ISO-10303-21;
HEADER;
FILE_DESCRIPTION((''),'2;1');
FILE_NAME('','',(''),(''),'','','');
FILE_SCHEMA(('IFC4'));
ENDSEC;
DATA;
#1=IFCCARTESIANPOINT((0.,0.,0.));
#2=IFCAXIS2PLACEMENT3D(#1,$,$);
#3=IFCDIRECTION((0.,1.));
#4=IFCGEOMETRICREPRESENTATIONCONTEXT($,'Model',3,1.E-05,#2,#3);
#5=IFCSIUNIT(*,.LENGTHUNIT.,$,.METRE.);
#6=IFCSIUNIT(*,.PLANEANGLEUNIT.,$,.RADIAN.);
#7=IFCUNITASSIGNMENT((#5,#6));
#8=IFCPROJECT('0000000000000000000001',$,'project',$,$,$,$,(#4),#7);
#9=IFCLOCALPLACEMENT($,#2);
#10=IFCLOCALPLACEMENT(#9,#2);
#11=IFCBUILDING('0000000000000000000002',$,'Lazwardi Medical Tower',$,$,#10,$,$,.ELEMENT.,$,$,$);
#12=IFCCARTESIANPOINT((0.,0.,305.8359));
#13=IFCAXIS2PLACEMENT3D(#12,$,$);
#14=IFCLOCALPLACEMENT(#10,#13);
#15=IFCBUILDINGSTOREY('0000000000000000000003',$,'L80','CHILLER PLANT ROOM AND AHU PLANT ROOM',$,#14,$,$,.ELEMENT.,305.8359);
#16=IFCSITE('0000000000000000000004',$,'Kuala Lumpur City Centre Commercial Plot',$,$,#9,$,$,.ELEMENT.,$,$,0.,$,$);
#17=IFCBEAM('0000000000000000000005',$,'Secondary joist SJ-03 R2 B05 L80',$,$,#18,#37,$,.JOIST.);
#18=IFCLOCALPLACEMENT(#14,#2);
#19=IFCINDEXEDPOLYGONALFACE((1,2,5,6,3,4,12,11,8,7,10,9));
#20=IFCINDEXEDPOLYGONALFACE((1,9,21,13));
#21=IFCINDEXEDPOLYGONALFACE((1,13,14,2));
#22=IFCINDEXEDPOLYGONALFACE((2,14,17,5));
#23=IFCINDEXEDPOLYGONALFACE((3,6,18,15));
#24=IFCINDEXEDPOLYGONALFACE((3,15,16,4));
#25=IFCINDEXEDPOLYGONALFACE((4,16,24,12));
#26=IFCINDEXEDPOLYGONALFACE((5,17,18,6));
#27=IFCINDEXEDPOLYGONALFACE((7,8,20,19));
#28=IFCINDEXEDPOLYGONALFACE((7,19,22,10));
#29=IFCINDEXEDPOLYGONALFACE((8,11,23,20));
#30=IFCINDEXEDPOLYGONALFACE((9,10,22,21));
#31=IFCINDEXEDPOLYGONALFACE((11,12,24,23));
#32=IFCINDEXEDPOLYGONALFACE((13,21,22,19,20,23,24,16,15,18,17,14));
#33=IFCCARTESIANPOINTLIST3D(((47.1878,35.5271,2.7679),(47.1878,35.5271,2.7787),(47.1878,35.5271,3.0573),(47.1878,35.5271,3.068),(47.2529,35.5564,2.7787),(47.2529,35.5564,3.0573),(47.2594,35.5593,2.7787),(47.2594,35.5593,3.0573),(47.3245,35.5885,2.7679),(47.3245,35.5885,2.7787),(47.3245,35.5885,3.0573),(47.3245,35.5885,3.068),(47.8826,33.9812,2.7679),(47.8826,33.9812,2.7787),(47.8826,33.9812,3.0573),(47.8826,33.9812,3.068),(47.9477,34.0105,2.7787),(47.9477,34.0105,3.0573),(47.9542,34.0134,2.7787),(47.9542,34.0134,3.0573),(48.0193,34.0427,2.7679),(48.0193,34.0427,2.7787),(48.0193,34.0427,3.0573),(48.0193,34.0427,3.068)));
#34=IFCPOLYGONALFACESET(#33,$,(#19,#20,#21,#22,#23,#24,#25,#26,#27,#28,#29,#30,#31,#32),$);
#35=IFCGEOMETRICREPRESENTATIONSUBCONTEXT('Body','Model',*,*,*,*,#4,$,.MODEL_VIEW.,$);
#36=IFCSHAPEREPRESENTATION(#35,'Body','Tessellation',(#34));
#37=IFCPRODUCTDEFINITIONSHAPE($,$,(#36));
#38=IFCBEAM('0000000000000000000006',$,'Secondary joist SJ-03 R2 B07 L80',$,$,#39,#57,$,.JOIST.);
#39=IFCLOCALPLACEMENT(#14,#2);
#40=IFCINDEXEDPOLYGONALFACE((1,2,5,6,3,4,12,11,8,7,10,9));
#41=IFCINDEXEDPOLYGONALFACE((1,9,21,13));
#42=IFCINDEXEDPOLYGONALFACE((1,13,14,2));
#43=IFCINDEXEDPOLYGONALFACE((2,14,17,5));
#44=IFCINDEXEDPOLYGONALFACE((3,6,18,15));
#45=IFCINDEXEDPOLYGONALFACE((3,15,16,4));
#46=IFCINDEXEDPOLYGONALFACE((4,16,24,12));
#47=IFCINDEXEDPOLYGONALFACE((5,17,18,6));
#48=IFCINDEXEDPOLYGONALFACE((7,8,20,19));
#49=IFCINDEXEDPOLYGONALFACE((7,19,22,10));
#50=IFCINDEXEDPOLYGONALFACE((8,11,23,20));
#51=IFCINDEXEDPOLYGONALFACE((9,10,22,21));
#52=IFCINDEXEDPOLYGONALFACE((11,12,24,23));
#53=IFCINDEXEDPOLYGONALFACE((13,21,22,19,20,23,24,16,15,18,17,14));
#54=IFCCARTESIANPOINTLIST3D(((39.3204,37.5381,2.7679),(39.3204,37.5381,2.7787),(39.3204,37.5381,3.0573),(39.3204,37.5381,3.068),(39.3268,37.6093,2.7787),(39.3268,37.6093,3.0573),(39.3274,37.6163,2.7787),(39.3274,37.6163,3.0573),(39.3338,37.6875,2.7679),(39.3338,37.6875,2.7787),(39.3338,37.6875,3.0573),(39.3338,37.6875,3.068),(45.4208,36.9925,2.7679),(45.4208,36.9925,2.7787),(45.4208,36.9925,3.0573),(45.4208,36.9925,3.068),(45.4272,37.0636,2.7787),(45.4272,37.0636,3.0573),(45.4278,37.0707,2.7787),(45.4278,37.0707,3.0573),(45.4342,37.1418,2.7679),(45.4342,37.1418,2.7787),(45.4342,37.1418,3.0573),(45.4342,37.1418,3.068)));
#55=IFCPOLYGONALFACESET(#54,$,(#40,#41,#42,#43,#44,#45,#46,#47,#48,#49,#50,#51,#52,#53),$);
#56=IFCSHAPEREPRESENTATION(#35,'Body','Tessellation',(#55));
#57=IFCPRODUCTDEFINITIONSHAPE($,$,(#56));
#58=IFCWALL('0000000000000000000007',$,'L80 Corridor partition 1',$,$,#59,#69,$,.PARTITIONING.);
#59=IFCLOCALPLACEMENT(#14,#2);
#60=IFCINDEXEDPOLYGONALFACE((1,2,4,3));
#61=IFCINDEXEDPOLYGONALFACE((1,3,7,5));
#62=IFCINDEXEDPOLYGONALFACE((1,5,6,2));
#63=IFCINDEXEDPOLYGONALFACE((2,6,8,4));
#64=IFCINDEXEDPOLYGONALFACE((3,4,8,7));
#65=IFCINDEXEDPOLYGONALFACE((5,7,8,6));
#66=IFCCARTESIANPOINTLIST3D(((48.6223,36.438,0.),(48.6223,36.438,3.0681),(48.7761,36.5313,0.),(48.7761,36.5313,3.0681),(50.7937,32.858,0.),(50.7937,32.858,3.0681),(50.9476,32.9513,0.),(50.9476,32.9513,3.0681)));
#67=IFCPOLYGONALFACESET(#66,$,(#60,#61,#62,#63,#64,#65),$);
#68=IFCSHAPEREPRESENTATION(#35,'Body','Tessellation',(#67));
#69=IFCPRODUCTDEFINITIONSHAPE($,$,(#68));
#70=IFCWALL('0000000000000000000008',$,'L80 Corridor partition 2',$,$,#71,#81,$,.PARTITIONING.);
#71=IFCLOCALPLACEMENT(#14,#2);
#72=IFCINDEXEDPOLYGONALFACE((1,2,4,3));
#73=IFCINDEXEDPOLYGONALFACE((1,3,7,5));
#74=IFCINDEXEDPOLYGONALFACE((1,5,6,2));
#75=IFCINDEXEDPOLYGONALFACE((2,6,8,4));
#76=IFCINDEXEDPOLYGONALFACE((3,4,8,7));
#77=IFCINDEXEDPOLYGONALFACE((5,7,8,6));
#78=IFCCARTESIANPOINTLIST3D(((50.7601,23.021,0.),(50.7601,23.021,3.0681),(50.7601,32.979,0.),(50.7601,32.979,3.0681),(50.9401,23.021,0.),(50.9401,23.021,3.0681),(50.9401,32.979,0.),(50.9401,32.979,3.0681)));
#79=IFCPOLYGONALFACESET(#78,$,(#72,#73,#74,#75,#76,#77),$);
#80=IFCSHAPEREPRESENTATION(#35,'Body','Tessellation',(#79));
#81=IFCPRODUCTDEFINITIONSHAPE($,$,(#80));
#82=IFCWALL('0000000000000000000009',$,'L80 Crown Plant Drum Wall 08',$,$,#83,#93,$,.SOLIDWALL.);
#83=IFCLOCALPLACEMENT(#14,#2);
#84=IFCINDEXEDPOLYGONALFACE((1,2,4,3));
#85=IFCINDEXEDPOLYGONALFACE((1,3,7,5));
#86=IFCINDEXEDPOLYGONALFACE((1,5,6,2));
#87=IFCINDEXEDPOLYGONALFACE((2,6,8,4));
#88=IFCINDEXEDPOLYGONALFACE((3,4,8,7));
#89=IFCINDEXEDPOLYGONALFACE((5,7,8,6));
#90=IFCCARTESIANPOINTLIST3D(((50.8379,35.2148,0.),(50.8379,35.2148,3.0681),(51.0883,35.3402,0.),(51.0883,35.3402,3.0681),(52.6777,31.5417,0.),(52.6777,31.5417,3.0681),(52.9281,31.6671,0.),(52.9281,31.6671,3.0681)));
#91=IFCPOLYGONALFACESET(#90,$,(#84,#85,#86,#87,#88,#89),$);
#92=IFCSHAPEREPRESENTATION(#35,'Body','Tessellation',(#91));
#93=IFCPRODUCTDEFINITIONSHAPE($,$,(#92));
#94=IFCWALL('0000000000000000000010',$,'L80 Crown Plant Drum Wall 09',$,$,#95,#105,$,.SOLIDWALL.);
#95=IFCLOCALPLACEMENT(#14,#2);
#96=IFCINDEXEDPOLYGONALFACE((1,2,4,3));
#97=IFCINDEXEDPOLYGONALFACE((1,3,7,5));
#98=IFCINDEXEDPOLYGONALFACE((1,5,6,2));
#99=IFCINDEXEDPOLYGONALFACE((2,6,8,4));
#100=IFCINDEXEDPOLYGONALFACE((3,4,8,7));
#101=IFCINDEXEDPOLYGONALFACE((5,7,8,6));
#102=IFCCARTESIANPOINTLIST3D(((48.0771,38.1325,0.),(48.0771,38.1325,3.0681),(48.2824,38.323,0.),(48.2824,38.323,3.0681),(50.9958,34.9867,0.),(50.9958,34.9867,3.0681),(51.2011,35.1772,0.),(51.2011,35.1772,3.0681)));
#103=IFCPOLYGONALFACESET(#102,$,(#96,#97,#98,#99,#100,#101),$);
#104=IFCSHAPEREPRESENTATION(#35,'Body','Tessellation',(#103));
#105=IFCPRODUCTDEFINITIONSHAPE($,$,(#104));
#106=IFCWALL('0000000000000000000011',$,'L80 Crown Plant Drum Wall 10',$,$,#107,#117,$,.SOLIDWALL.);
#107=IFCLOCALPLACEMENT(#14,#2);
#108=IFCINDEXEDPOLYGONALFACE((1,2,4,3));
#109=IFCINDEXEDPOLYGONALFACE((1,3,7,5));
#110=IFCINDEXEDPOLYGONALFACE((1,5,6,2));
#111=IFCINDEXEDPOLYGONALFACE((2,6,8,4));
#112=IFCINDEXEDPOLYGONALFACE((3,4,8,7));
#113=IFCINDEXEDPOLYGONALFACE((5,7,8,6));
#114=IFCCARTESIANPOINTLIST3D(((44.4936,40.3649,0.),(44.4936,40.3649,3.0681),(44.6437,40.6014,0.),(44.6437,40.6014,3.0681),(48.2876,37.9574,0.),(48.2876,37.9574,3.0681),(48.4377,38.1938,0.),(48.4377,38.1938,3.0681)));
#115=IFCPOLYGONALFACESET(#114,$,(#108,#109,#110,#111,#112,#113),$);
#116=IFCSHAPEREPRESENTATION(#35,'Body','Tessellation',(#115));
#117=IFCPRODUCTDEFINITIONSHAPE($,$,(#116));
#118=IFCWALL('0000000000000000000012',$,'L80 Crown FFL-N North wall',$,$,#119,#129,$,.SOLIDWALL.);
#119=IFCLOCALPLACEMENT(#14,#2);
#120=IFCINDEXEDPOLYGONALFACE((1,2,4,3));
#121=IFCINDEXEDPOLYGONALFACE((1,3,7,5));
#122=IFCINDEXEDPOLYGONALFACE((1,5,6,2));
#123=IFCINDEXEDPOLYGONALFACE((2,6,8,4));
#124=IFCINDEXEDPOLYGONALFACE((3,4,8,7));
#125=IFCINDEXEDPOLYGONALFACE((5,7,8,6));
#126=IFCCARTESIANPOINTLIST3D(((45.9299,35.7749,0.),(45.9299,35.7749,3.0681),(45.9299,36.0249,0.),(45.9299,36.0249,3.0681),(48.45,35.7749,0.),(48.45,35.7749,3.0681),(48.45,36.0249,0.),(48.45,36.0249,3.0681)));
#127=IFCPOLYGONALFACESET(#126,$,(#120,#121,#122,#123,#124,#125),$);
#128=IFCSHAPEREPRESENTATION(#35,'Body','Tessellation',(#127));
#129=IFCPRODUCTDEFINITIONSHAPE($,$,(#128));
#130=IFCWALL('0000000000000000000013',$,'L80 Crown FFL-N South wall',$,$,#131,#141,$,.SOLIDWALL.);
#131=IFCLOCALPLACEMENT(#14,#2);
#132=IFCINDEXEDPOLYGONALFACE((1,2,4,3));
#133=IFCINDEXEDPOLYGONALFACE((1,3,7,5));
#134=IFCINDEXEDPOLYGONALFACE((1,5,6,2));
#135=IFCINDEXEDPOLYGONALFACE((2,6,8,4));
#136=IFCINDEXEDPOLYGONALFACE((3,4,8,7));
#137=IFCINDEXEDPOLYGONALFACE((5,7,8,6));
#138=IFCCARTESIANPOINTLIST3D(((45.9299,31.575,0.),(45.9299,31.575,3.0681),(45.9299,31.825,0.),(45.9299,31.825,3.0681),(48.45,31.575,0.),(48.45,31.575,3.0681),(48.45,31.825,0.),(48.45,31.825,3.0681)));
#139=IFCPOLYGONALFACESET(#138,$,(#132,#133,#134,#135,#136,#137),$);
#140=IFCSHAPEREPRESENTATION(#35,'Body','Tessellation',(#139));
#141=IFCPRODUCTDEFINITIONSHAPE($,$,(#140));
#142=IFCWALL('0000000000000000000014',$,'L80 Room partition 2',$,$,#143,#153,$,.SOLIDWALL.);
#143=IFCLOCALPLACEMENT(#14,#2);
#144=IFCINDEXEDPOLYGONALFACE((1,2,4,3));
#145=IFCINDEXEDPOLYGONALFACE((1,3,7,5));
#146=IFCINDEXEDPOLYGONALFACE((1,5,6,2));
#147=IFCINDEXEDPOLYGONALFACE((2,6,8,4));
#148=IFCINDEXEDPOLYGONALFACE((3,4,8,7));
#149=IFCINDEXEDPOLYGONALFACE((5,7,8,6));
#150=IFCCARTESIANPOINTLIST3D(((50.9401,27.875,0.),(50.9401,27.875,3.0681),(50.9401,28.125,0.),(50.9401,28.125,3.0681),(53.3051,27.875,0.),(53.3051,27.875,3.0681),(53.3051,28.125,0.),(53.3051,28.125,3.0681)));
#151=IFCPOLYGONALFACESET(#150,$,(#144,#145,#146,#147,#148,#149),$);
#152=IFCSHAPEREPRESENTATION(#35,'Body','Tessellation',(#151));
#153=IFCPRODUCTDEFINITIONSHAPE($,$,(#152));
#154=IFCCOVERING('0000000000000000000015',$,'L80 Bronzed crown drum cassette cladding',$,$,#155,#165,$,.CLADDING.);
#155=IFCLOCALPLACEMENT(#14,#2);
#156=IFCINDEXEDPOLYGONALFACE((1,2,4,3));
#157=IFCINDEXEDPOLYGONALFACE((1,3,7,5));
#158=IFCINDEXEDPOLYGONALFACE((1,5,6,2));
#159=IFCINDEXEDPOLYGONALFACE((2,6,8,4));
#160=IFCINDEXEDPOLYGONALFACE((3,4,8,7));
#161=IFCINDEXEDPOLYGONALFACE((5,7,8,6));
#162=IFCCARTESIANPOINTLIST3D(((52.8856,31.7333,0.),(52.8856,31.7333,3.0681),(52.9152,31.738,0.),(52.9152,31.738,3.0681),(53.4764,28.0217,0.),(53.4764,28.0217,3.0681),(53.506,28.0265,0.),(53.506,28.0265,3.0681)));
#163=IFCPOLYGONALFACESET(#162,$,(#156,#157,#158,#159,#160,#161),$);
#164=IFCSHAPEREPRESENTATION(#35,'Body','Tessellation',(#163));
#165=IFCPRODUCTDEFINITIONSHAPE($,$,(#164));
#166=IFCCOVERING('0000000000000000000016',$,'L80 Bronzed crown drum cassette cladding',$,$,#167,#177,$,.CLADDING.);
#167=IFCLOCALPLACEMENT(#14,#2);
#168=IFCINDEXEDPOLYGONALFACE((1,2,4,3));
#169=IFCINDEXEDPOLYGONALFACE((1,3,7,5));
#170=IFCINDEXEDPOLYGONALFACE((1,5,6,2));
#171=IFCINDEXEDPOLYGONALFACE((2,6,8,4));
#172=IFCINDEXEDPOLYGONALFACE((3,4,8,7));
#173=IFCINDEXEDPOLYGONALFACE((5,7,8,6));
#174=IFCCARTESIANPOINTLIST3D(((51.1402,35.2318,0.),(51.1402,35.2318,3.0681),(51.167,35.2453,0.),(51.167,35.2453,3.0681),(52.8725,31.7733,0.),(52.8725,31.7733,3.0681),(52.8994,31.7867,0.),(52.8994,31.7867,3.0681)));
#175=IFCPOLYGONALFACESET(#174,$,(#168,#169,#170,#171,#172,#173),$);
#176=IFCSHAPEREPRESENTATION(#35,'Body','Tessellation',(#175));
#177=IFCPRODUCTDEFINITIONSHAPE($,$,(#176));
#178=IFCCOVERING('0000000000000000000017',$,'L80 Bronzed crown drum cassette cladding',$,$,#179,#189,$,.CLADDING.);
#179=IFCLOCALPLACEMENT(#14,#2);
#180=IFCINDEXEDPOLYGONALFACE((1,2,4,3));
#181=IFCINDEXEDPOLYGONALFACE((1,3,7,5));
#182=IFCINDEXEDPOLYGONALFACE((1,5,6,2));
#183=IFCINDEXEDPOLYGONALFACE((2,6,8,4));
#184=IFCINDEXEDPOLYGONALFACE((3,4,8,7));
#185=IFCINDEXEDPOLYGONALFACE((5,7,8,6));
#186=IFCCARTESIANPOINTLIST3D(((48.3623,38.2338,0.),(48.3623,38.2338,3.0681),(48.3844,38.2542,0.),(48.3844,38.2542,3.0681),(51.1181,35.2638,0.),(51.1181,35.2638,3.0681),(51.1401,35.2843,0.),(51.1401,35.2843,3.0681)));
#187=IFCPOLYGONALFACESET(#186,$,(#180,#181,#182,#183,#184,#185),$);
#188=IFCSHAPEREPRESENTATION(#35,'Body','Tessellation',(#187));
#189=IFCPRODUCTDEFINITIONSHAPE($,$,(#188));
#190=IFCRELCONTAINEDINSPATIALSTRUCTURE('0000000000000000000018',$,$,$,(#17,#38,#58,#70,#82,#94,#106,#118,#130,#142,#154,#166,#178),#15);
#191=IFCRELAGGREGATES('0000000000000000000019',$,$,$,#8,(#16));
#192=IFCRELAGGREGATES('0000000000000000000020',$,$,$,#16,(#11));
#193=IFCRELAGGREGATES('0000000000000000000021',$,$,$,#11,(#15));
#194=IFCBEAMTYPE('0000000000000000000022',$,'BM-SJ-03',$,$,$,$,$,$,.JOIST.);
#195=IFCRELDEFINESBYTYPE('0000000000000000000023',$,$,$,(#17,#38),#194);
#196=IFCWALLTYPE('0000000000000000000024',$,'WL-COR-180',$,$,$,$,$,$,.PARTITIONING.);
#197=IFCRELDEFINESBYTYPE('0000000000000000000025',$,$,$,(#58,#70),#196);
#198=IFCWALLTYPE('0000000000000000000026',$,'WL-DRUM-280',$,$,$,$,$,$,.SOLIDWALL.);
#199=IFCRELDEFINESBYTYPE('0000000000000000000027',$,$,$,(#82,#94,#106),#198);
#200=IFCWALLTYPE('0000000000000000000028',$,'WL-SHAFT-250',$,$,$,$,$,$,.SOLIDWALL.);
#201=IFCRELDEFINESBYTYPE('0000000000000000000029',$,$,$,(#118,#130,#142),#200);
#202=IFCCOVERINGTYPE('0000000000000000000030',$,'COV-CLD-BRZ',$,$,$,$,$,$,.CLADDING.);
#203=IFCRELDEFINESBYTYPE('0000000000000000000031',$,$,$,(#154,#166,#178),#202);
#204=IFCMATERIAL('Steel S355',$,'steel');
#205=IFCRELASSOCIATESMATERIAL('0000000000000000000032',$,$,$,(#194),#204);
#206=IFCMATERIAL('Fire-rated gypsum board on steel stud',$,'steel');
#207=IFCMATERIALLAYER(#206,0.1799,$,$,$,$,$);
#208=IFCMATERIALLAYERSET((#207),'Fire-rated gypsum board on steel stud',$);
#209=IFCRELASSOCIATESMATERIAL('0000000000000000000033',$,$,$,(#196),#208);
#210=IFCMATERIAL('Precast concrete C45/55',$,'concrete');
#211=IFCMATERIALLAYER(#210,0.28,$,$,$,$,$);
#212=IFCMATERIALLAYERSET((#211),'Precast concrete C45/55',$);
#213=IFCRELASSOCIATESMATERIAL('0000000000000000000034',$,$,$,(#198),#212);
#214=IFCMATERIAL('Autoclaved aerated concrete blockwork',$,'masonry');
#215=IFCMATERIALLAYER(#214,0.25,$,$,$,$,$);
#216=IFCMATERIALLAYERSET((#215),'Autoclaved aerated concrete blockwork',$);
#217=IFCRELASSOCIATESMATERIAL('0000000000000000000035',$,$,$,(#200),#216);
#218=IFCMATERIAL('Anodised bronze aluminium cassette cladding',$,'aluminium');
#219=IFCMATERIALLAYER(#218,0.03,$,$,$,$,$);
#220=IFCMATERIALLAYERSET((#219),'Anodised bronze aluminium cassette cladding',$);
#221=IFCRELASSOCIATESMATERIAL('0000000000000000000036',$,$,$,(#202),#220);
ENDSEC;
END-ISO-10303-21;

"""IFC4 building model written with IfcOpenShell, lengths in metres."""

from ifc_helpers import new_model, si_unit, direction, frame, frame_2d, origin, origin_2d, place, context, subcontext, project, spatial, rectangle, i_section, extrude, material, layer, layer_set, material_profile, profile_set, type_object, element, save


model = new_model("IFC4")

# Units and contexts
model_context = context("Model", 3, precision=1e-05, world=origin(), true_north=direction((0.0, 1.0)))
body_context = subcontext(model_context, "Body", "Model", "MODEL_VIEW")
ifc_project = project(units=[si_unit("LENGTHUNIT", "METRE"), si_unit("PLANEANGLEUNIT", "RADIAN")], contexts=[model_context])

# Site, building, storey
site_placement = place(None, origin())
site = spatial("IfcSite", under=ifc_project, at=site_placement, Name="Kuala Lumpur City Centre Commercial Plot", CompositionType="ELEMENT", RefElevation=0.0)
building_placement = place(site_placement, origin())
building = spatial("IfcBuilding", under=site, at=building_placement, Name="Lazwardi Medical Tower", CompositionType="ELEMENT")
storey_placement = place(building_placement, frame((0.0, 0.0, 305.8359)))
storey = spatial("IfcBuildingStorey", under=building, at=storey_placement, Name="L80", Description="CHILLER PLANT ROOM AND AHU PLANT ROOM", CompositionType="ELEMENT", Elevation=305.8359)

# Beams
ifc_material_1 = material(Name="Steel S355", Category="steel")
ifc_material_profile_1 = material_profile(ifc_material_1, i_section(OverallWidth=0.1499, OverallDepth=0.3, WebThickness=0.0071, FlangeThickness=0.0107, at=origin_2d()), Name="IPE 300")
ifc_profile_set_1 = profile_set([ifc_material_profile_1], Name="Steel S355")
beam_type_1 = type_object("IfcBeamType", Name="BM-SJ-03", PredefinedType="JOIST", material=ifc_profile_set_1)
beam_1_placement = place(storey_placement, frame((47.9509, 34.012, 2.918), z_axis=(-0.409957, 0.912105, 0.0), x_axis=(-0.912105, -0.409957, 0.0)))
element("IfcBeam", 1, at=beam_1_placement, inside=storey, type_object=beam_type_1, Name="Secondary joist SJ-03 R2 B05 L80", PredefinedType="JOIST", context=body_context, shape_type="SweptSolid", body=[
    extrude(i_section(OverallWidth=0.1499, OverallDepth=0.3, WebThickness=0.0071, FlangeThickness=0.0107, at=origin_2d()), origin(), (0.0, 0.0, 1.0), 1.6948),
])
beam_2_placement = place(storey_placement, frame((45.4275, 37.0671, 2.918), z_axis=(-0.996024, 0.089091, 0.0), x_axis=(-0.089091, -0.996024, 0.0)))
element("IfcBeam", 2, at=beam_2_placement, inside=storey, type_object=beam_type_1, Name="Secondary joist SJ-03 R2 B07 L80", PredefinedType="JOIST", context=body_context, shape_type="SweptSolid", body=[
    extrude(i_section(OverallWidth=0.1499, OverallDepth=0.3, WebThickness=0.0071, FlangeThickness=0.0107, at=origin_2d()), origin(), (0.0, 0.0, 1.0), 6.1248),
])

# Walls
ifc_material_2 = material(Name="Fire-rated gypsum board on steel stud", Category="steel")
ifc_layer_1 = layer(ifc_material_2, 0.1799)
ifc_layer_set_1 = layer_set([ifc_layer_1], Name="Fire-rated gypsum board on steel stud")
wall_type_1 = type_object("IfcWallType", Name="WL-COR-180", PredefinedType="PARTITIONING", material=ifc_layer_set_1)
wall_1_placement = place(storey_placement, frame((48.6992, 36.4846, 0.0), z_axis=(0.0, 0.0, 1.0), x_axis=(0.518614, -0.855008, 0.0)))
element("IfcWall", 3, at=wall_1_placement, inside=storey, type_object=wall_type_1, Name="L80 Corridor partition 1", PredefinedType="PARTITIONING", context=body_context, shape_type="SweptSolid", body=[
    extrude(rectangle(XDim=4.187, YDim=0.1799, at=frame_2d((2.0935, 0.0))), origin(), (0.0, 0.0, 1.0), 3.0681),
])
wall_2_placement = place(storey_placement, frame((50.8501, 32.979, 0.0), z_axis=(0.0, 0.0, 1.0), x_axis=(0.0, -1.0, 0.0)))
element("IfcWall", 4, at=wall_2_placement, inside=storey, type_object=wall_type_1, Name="L80 Corridor partition 2", PredefinedType="PARTITIONING", context=body_context, shape_type="SweptSolid", body=[
    extrude(rectangle(XDim=9.958, YDim=0.1799, at=frame_2d((4.979, 0.0))), origin(), (0.0, 0.0, 1.0), 3.0681),
])
ifc_material_3 = material(Name="Precast concrete C45/55", Category="concrete")
ifc_layer_2 = layer(ifc_material_3, 0.28)
ifc_layer_set_2 = layer_set([ifc_layer_2], Name="Precast concrete C45/55")
wall_type_2 = type_object("IfcWallType", Name="WL-DRUM-280", PredefinedType="SOLIDWALL", material=ifc_layer_set_2)
wall_3_placement = place(storey_placement, frame((52.803, 31.6042, 0.0), z_axis=(0.0, 0.0, 1.0), x_axis=(-0.447855, 0.894106, 0.0)))
element("IfcWall", 5, at=wall_3_placement, inside=storey, type_object=wall_type_2, Name="L80 Crown Plant Drum Wall 08", PredefinedType="SOLIDWALL", context=body_context, shape_type="SweptSolid", body=[
    extrude(rectangle(XDim=4.1082, YDim=0.28, at=frame_2d((2.0542, 0.0))), origin(), (0.0, 0.0, 1.0), 3.0681),
])
wall_4_placement = place(storey_placement, frame((51.0984, 35.082, 0.0), z_axis=(0.0, 0.0, 1.0), x_axis=(-0.680156, 0.733067, 0.0)))
element("IfcWall", 6, at=wall_4_placement, inside=storey, type_object=wall_type_2, Name="L80 Crown Plant Drum Wall 09", PredefinedType="SOLIDWALL", context=body_context, shape_type="SweptSolid", body=[
    extrude(rectangle(XDim=4.2913, YDim=0.28, at=frame_2d((2.1455, 0.0))), origin(), (0.0, 0.0, 1.0), 3.0681),
])
wall_5_placement = place(storey_placement, frame((48.3625, 38.0757, 0.0), z_axis=(0.0, 0.0, 1.0), x_axis=(-0.844352, 0.535789, 0.0)))
element("IfcWall", 7, at=wall_5_placement, inside=storey, type_object=wall_type_2, Name="L80 Crown Plant Drum Wall 10", PredefinedType="SOLIDWALL", context=body_context, shape_type="SweptSolid", body=[
    extrude(rectangle(XDim=4.4934, YDim=0.28, at=frame_2d((2.2466, 0.0))), origin(), (0.0, 0.0, 1.0), 3.0681),
])
ifc_material_4 = material(Name="Autoclaved aerated concrete blockwork", Category="masonry")
ifc_layer_3 = layer(ifc_material_4, 0.25)
ifc_layer_set_3 = layer_set([ifc_layer_3], Name="Autoclaved aerated concrete blockwork")
wall_type_3 = type_object("IfcWallType", Name="WL-SHAFT-250", PredefinedType="SOLIDWALL", material=ifc_layer_set_3)
for number, where, z_axis, x_axis, name in (
    (8, (45.9299, 35.8999, 0.0), (0.0, 0.0, 1.0), (1.0, 0.0, 0.0), "L80 Crown FFL-N North wall"),
    (9, (45.9299, 31.7, 0.0), (0.0, 0.0, 1.0), (1.0, 0.0, 0.0), "L80 Crown FFL-N South wall"),
):
    element("IfcWall", number, at=place(storey_placement, frame(where, z_axis=z_axis, x_axis=x_axis)), inside=storey, type_object=wall_type_3, Name=name, PredefinedType="SOLIDWALL", context=body_context, shape_type="SweptSolid", body=[
        extrude(rectangle(XDim=2.52, YDim=0.25, at=frame_2d((1.26, 0.0))), origin(), (0.0, 0.0, 1.0), 3.0681),
    ])
wall_6_placement = place(storey_placement, frame((50.9399, 28.0, 0.0), z_axis=(0.0, 0.0, 1.0), x_axis=(1.0, 0.0, 0.0)))
element("IfcWall", 10, at=wall_6_placement, inside=storey, type_object=wall_type_3, Name="L80 Room partition 2", PredefinedType="SOLIDWALL", context=body_context, shape_type="SweptSolid", body=[
    extrude(rectangle(XDim=2.365, YDim=0.25, at=frame_2d((1.1826, 0.0))), origin(), (0.0, 0.0, 1.0), 3.0681),
])

# Coverings
ifc_material_5 = material(Name="Anodised bronze aluminium cassette cladding", Category="aluminium")
ifc_layer_4 = layer(ifc_material_5, 0.03)
ifc_layer_set_4 = layer_set([ifc_layer_4], Name="Anodised bronze aluminium cassette cladding")
covering_type = type_object("IfcCoveringType", Name="COV-CLD-BRZ", PredefinedType="CLADDING", material=ifc_layer_set_4)
covering_1_placement = place(storey_placement, frame((53.1958, 29.8799, 0.0), z_axis=(0.0, 0.0, 1.0), x_axis=(-0.157202, 0.987567, 0.0)))
element("IfcCovering", 11, at=covering_1_placement, inside=storey, type_object=covering_type, Name="L80 Bronzed crown drum cassette cladding", PredefinedType="CLADDING", context=body_context, shape_type="SweptSolid", body=[
    extrude(rectangle(XDim=3.7583, YDim=0.03, at=origin_2d()), origin(), (0.0, 0.0, 1.0), 3.0681),
])
covering_2_placement = place(storey_placement, frame((52.0198, 33.5093, 0.0), z_axis=(0.0, 0.0, 1.0), x_axis=(-0.447845, 0.894111, 0.0)))
element("IfcCovering", 12, at=covering_2_placement, inside=storey, type_object=covering_type, Name="L80 Bronzed crown drum cassette cladding", PredefinedType="CLADDING", context=body_context, shape_type="SweptSolid", body=[
    extrude(rectangle(XDim=3.8682, YDim=0.03, at=origin_2d()), origin(), (0.0, 0.0, 1.0), 3.0681),
])
covering_3_placement = place(storey_placement, frame((49.7512, 36.759, 0.0), z_axis=(0.0, 0.0, 1.0), x_axis=(-0.680177, 0.733048, 0.0)))
element("IfcCovering", 13, at=covering_3_placement, inside=storey, type_object=covering_type, Name="L80 Bronzed crown drum cassette cladding", PredefinedType="CLADDING", context=body_context, shape_type="SweptSolid", body=[
    extrude(rectangle(XDim=4.0515, YDim=0.03, at=origin_2d()), origin(), (0.0, 0.0, 1.0), 3.0681),
])

save(model, "model.ifc")
